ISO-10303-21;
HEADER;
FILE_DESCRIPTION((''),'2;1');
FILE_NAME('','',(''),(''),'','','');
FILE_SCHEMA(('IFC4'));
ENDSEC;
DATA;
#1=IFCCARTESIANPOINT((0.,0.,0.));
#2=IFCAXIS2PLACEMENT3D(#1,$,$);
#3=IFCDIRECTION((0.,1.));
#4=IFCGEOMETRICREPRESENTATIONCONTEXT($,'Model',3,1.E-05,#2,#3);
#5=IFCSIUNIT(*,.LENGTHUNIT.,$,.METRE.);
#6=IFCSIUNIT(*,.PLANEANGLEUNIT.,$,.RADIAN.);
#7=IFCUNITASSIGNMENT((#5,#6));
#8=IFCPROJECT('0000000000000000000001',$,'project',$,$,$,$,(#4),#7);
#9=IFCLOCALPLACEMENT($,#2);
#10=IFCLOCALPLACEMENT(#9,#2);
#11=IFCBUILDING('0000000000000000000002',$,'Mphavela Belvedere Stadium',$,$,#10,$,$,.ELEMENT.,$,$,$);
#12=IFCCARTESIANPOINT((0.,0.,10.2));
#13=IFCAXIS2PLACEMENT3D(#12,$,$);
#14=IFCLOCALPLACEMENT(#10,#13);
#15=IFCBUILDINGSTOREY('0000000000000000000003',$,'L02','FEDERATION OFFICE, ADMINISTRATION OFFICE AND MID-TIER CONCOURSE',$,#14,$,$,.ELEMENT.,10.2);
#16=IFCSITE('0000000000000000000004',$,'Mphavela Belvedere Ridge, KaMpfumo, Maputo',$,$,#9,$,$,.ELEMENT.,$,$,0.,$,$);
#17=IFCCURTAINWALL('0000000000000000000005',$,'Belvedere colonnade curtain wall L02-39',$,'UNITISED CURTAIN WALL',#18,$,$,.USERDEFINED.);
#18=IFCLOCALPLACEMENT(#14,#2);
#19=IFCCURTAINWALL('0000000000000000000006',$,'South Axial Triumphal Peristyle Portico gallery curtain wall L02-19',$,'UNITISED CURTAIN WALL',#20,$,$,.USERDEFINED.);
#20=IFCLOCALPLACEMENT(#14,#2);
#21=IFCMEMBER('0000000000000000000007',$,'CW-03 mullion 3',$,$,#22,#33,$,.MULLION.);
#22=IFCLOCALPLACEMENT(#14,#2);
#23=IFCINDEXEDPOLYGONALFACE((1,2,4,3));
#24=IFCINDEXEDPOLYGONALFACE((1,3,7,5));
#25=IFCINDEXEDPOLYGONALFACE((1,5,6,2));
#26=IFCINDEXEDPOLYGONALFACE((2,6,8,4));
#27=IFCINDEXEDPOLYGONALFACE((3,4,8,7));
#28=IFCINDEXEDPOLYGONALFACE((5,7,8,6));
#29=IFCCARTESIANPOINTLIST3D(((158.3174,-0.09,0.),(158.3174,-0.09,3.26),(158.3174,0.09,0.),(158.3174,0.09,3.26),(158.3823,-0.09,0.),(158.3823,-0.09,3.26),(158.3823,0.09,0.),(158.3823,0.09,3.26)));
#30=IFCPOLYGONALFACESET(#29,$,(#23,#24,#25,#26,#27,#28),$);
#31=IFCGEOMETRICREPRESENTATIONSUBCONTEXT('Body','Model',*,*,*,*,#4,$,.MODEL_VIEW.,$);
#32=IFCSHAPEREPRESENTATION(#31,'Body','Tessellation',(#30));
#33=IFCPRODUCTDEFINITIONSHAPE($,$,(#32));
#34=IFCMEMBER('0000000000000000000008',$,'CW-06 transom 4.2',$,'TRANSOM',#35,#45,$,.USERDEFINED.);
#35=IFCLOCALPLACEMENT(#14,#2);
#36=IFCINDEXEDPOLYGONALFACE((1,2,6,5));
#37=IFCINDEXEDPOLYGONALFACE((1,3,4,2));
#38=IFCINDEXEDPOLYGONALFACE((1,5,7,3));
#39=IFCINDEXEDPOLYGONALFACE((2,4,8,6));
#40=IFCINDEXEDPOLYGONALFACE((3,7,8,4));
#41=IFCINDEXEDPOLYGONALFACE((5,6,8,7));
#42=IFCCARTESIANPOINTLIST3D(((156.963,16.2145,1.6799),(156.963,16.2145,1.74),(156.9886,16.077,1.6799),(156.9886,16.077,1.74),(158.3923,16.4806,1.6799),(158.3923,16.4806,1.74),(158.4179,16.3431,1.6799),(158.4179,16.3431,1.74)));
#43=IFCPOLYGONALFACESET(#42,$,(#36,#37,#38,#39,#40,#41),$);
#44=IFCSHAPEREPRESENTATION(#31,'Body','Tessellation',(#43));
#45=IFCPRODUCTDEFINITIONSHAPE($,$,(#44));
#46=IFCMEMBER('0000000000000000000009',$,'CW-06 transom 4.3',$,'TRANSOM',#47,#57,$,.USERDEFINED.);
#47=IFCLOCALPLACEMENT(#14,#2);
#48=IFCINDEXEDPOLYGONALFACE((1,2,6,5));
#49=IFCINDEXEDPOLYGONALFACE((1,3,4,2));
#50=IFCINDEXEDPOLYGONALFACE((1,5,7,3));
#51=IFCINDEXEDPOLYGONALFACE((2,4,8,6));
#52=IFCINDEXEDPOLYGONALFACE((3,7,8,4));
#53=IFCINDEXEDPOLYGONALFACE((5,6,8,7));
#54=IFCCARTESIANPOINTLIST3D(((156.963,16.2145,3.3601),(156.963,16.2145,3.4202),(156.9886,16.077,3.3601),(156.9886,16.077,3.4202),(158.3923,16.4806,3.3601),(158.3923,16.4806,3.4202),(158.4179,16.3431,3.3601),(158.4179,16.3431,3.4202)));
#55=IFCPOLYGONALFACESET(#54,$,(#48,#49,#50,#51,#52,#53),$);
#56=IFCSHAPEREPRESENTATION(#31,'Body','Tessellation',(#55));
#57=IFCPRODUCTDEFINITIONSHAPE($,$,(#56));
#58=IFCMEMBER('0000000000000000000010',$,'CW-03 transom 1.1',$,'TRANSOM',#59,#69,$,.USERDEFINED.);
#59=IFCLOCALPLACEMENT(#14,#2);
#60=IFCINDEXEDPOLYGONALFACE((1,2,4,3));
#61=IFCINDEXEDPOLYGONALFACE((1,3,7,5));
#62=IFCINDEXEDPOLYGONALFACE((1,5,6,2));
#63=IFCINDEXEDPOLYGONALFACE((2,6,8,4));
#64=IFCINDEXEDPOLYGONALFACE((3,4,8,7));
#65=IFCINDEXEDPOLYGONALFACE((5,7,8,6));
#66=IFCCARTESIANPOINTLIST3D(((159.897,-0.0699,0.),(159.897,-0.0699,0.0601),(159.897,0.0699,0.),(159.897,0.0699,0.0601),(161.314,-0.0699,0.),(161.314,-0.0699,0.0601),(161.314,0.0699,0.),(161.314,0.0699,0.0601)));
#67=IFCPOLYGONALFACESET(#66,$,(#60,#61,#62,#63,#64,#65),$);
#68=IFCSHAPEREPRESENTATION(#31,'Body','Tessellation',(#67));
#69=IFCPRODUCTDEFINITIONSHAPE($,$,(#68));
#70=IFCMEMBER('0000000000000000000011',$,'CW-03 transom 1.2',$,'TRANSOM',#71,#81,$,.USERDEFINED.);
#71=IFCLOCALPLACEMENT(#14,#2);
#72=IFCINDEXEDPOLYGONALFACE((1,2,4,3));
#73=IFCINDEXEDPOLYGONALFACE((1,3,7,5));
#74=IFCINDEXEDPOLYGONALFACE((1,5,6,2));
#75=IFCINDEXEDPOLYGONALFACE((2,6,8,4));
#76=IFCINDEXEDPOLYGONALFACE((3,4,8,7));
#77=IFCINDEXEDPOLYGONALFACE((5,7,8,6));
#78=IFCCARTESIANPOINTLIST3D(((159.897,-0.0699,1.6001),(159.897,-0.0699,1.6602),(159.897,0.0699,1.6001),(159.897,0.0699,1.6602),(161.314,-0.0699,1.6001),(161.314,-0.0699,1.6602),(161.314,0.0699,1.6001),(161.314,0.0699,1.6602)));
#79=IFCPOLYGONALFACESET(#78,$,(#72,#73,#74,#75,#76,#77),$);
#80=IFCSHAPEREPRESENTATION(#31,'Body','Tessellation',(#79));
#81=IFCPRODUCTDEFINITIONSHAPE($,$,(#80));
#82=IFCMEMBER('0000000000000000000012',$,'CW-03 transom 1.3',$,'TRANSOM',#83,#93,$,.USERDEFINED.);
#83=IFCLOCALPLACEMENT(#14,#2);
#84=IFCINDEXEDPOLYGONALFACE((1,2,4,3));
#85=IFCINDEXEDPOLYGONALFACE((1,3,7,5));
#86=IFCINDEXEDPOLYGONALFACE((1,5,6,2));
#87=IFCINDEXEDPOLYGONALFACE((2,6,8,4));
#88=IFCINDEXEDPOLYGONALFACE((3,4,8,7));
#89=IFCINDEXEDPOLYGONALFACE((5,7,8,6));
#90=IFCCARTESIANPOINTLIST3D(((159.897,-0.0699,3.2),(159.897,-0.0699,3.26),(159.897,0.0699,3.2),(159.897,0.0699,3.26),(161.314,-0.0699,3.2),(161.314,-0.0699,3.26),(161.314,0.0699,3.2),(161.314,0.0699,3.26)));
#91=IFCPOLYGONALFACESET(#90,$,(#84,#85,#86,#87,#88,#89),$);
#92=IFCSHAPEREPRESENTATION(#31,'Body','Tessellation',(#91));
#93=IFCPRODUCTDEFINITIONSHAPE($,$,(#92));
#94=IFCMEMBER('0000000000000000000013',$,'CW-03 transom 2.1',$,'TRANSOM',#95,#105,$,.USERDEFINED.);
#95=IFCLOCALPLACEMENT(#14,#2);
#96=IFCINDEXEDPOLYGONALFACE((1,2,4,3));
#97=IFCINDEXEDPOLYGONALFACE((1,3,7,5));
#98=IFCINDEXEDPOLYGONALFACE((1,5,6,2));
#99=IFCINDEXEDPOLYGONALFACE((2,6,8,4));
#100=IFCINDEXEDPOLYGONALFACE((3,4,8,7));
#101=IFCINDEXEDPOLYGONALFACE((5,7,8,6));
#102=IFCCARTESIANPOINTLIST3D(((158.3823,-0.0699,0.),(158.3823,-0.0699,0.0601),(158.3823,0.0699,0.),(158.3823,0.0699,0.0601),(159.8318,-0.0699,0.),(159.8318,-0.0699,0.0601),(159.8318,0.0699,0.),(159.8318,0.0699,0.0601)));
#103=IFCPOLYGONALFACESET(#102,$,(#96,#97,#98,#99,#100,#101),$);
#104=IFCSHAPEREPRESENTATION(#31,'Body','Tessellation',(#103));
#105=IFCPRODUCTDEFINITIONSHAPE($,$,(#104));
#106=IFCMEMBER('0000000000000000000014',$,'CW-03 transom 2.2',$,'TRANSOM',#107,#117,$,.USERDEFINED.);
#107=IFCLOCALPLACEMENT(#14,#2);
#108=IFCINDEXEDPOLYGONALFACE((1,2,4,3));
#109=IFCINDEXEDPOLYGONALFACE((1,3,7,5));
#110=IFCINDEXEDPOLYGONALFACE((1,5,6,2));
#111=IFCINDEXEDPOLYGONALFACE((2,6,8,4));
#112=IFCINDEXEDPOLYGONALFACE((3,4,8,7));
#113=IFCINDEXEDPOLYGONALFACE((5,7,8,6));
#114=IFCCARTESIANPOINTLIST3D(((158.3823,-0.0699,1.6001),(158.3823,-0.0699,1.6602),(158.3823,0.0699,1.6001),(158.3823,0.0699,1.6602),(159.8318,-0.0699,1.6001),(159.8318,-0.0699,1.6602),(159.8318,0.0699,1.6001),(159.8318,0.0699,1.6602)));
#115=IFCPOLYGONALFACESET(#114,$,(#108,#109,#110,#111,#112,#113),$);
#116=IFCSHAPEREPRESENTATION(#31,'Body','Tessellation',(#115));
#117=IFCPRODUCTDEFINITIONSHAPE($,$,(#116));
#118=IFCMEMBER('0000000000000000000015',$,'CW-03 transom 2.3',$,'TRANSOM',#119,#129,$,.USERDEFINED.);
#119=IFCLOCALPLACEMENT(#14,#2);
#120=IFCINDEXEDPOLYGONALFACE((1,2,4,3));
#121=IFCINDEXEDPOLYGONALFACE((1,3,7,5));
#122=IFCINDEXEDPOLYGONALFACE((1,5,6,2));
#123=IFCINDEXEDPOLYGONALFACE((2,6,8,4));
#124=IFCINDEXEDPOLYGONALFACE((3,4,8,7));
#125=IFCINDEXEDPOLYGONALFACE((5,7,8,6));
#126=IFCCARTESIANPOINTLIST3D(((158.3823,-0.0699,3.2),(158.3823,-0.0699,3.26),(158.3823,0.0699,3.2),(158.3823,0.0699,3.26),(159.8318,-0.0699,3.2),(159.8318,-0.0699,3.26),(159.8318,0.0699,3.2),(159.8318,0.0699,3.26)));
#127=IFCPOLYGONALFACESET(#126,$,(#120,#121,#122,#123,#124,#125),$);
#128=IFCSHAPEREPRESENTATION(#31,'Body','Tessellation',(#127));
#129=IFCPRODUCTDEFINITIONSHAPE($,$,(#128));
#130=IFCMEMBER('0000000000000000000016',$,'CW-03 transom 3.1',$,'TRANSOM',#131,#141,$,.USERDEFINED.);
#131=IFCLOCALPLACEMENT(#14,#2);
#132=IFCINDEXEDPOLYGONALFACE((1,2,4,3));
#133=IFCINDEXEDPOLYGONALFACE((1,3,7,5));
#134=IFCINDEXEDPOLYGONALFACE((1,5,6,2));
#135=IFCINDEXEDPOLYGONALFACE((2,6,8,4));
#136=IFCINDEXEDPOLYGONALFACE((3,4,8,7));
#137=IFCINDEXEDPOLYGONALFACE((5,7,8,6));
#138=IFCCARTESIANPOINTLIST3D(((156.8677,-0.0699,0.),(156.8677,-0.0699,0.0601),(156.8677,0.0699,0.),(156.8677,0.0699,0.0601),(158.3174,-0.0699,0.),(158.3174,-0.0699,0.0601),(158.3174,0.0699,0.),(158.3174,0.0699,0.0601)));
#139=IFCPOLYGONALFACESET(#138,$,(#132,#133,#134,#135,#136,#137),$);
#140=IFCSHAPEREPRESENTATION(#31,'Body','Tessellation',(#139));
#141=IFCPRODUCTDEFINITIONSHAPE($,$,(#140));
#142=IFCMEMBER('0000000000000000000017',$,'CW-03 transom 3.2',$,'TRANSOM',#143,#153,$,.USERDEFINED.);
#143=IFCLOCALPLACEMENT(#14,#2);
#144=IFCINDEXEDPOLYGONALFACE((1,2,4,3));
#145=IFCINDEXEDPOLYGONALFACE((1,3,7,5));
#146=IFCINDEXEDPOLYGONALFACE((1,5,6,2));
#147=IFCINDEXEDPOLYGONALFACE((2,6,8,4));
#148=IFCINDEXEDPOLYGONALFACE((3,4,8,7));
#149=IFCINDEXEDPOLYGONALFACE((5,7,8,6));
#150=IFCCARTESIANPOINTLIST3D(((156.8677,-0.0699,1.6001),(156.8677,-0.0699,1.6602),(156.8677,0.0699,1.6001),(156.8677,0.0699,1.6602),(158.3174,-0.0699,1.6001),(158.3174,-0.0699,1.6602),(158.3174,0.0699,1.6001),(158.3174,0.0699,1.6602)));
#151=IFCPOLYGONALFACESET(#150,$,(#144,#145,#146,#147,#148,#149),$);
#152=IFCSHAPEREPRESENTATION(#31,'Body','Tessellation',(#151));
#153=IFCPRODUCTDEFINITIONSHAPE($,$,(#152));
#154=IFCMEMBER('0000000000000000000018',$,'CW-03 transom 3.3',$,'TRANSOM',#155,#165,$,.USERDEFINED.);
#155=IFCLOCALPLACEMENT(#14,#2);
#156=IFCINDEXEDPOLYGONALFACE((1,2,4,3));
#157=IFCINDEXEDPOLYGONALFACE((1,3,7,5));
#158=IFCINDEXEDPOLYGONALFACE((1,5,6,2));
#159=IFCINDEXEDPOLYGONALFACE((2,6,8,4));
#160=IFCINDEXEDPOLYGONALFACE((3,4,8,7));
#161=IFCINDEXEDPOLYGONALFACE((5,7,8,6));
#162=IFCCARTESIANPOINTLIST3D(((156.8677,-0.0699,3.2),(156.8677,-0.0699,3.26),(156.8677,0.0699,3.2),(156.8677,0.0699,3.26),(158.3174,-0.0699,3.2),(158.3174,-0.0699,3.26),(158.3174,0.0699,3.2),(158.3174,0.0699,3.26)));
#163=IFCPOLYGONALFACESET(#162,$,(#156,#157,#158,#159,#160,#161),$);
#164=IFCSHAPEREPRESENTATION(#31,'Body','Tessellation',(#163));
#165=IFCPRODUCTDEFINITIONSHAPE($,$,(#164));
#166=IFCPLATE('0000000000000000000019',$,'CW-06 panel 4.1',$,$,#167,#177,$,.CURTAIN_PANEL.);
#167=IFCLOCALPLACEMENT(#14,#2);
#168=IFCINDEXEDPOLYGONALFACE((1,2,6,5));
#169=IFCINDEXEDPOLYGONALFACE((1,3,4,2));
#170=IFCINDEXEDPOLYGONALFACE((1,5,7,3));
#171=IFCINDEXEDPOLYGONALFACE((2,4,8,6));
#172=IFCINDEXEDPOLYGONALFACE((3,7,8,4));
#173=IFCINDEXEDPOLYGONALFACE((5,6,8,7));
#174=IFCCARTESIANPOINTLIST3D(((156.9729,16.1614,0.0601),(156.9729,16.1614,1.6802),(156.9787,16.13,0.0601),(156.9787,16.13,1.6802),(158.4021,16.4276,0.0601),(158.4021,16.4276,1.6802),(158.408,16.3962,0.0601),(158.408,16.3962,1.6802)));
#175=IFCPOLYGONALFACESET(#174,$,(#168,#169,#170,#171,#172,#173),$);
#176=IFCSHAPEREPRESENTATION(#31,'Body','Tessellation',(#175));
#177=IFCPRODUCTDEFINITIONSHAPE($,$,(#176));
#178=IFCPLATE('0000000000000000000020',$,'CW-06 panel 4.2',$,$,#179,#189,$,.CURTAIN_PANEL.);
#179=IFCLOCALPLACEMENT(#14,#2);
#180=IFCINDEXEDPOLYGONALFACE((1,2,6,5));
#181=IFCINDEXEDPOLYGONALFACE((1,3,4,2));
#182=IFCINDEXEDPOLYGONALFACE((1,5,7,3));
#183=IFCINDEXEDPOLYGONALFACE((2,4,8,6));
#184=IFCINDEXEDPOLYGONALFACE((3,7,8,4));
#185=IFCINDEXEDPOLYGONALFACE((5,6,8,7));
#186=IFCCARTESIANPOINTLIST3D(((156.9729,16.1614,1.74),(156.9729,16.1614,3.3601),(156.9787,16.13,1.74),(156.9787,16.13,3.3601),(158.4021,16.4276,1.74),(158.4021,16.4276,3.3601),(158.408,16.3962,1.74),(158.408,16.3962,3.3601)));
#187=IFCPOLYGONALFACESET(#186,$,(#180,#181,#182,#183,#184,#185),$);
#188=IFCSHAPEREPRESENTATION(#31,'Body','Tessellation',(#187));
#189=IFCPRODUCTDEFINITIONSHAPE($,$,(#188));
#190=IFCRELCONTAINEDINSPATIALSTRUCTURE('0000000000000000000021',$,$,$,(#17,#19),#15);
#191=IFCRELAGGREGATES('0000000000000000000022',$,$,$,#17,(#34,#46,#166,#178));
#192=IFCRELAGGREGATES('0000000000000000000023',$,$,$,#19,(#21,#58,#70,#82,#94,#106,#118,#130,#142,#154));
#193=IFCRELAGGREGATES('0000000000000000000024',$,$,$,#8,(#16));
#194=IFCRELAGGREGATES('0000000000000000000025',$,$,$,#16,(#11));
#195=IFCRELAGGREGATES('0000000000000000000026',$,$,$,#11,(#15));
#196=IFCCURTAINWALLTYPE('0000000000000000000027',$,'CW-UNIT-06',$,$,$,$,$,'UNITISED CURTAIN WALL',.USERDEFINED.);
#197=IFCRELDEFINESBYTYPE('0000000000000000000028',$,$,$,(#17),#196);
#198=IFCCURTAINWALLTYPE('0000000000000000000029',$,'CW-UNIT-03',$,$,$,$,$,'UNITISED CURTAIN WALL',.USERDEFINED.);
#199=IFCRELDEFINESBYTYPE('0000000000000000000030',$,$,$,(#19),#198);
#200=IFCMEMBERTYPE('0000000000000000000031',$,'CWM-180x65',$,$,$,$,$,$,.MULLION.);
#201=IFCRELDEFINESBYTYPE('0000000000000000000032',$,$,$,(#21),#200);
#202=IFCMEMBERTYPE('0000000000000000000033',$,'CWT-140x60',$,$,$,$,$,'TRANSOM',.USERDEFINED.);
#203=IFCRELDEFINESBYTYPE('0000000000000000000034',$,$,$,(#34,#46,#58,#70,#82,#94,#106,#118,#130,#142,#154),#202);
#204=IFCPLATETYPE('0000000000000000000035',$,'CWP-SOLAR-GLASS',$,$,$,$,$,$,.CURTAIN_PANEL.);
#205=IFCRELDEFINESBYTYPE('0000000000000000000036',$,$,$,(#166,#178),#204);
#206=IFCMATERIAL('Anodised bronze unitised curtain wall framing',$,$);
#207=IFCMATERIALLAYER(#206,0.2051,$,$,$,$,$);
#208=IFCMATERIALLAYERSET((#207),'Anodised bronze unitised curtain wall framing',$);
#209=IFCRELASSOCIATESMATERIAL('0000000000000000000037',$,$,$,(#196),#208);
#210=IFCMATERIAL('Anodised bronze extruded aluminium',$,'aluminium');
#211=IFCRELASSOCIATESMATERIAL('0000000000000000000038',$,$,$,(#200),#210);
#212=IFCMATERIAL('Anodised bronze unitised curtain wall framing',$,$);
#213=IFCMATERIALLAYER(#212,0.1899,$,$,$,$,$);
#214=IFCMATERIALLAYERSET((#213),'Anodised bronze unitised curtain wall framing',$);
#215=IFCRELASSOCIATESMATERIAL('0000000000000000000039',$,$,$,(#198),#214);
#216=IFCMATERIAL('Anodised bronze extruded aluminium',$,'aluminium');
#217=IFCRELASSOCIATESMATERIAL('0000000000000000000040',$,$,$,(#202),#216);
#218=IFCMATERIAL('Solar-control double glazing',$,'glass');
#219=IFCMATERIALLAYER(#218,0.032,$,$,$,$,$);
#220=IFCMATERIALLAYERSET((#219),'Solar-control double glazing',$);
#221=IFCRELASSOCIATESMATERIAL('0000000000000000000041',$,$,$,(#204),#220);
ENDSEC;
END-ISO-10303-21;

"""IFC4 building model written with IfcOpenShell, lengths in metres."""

from ifc_helpers import new_model, si_unit, direction, frame, origin, origin_2d, place, context, subcontext, project, spatial, rectangle, extrude, material, layer, layer_set, material_profile, profile_set, type_object, element, aggregate, save


model = new_model("IFC4")

# Units and contexts
model_context = context("Model", 3, precision=1e-05, world=origin(), true_north=direction((0.0, 1.0)))
body_context = subcontext(model_context, "Body", "Model", "MODEL_VIEW")
ifc_project = project(units=[si_unit("LENGTHUNIT", "METRE"), si_unit("PLANEANGLEUNIT", "RADIAN")], contexts=[model_context])

# Site, building, storey
site_placement = place(None, origin())
site = spatial("IfcSite", under=ifc_project, at=site_placement, Name="Mphavela Belvedere Ridge, KaMpfumo, Maputo", CompositionType="ELEMENT", RefElevation=0.0)
building_placement = place(site_placement, origin())
building = spatial("IfcBuilding", under=site, at=building_placement, Name="Mphavela Belvedere Stadium", CompositionType="ELEMENT")
storey_placement = place(building_placement, frame((0.0, 0.0, 10.2)))
storey = spatial("IfcBuildingStorey", under=building, at=storey_placement, Name="L02", Description="FEDERATION OFFICE, ADMINISTRATION OFFICE AND MID-TIER CONCOURSE", CompositionType="ELEMENT", Elevation=10.2)

# Curtain wall
ifc_material_1 = material(Name="Anodised bronze unitised curtain wall framing")
ifc_layer_1 = layer(ifc_material_1, 0.2051)
ifc_layer_set_1 = layer_set([ifc_layer_1], Name="Anodised bronze unitised curtain wall framing")
curtain_wall_type_1 = type_object("IfcCurtainWallType", Name="CW-UNIT-06", ElementType="UNITISED CURTAIN WALL", PredefinedType="USERDEFINED", material=ifc_layer_set_1)
curtain_wall_1_placement = place(storey_placement, origin())
curtain_wall_1 = element("IfcCurtainWall", 1, at=curtain_wall_1_placement, inside=storey, type_object=curtain_wall_type_1, Name="Belvedere colonnade curtain wall L02-39", ObjectType="UNITISED CURTAIN WALL", PredefinedType="USERDEFINED")
ifc_material_2 = material(Name="Anodised bronze extruded aluminium", Category="aluminium")
ifc_material_profile_1 = material_profile(ifc_material_2, rectangle(XDim=0.1799, YDim=0.0649, at=origin_2d()), Name="CW-MUL 180x65")
ifc_profile_set_1 = profile_set([ifc_material_profile_1], Name="Anodised bronze extruded aluminium")
member_type_1 = type_object("IfcMemberType", Name="CWM-180x65", PredefinedType="MULLION", material=ifc_profile_set_1)

# Curtain wall, member
ifc_material_3 = material(Name="Anodised bronze unitised curtain wall framing")
ifc_layer_2 = layer(ifc_material_3, 0.1899)
ifc_layer_set_2 = layer_set([ifc_layer_2], Name="Anodised bronze unitised curtain wall framing")
curtain_wall_type_2 = type_object("IfcCurtainWallType", Name="CW-UNIT-03", ElementType="UNITISED CURTAIN WALL", PredefinedType="USERDEFINED", material=ifc_layer_set_2)
curtain_wall_2_placement = place(storey_placement, origin())
curtain_wall_2 = element("IfcCurtainWall", 2, at=curtain_wall_2_placement, inside=storey, type_object=curtain_wall_type_2, Name="South Axial Triumphal Peristyle Portico gallery curtain wall L02-19", ObjectType="UNITISED CURTAIN WALL", PredefinedType="USERDEFINED")
member_1_placement = place(storey_placement, frame((158.3499, 0.0, 0.0), z_axis=(0.0, 0.0, 1.0), x_axis=(0.0, -1.0, 0.0)))
member_1 = element("IfcMember", 3, at=member_1_placement, type_object=member_type_1, Name="CW-03 mullion 3", PredefinedType="MULLION", context=body_context, shape_type="SweptSolid", body=[
    extrude(rectangle(XDim=0.1799, YDim=0.0649, at=origin_2d()), origin(), (0.0, 0.0, 1.0), 3.26),
])

# Members
ifc_material_4 = material(Name="Anodised bronze extruded aluminium", Category="aluminium")
ifc_material_profile_2 = material_profile(ifc_material_4, rectangle(XDim=0.1399, YDim=0.0601, at=origin_2d()), Name="CW-TRN 140x60")
ifc_profile_set_2 = profile_set([ifc_material_profile_2], Name="Anodised bronze extruded aluminium")
member_type_2 = type_object("IfcMemberType", Name="CWT-140x60", ElementType="TRANSOM", PredefinedType="USERDEFINED", material=ifc_profile_set_2)
member_2_placement = place(storey_placement, frame((156.9758, 16.1458, 1.71), z_axis=(0.983103, 0.183051, 0.0), x_axis=(-0.183051, 0.983103, 0.0)))
member_2 = element("IfcMember", 4, at=member_2_placement, type_object=member_type_2, Name="CW-06 transom 4.2", ObjectType="TRANSOM", PredefinedType="USERDEFINED", context=body_context, shape_type="SweptSolid", body=[
    extrude(rectangle(XDim=0.1399, YDim=0.0601, at=origin_2d()), origin(), (0.0, 0.0, 1.0), 1.4539),
])
member_3_placement = place(storey_placement, frame((156.9758, 16.1458, 3.3901), z_axis=(0.983103, 0.183051, 0.0), x_axis=(-0.183051, 0.983103, 0.0)))
member_3 = element("IfcMember", 5, at=member_3_placement, type_object=member_type_2, Name="CW-06 transom 4.3", ObjectType="TRANSOM", PredefinedType="USERDEFINED", context=body_context, shape_type="SweptSolid", body=[
    extrude(rectangle(XDim=0.1399, YDim=0.0601, at=origin_2d()), origin(), (0.0, 0.0, 1.0), 1.4539),
])
member_4_placement = place(storey_placement, frame((161.314, 0.0, 0.03), z_axis=(-1.0, 0.0, 0.0), x_axis=(0.0, -1.0, 0.0)))
member_4 = element("IfcMember", 6, at=member_4_placement, type_object=member_type_2, Name="CW-03 transom 1.1", ObjectType="TRANSOM", PredefinedType="USERDEFINED", context=body_context, shape_type="SweptSolid", body=[
    extrude(rectangle(XDim=0.1399, YDim=0.0601, at=origin_2d()), origin(), (0.0, 0.0, 1.0), 1.417),
])
member_5_placement = place(storey_placement, frame((161.314, 0.0, 1.6301), z_axis=(-1.0, 0.0, 0.0), x_axis=(0.0, -1.0, 0.0)))
member_5 = element("IfcMember", 7, at=member_5_placement, type_object=member_type_2, Name="CW-03 transom 1.2", ObjectType="TRANSOM", PredefinedType="USERDEFINED", context=body_context, shape_type="SweptSolid", body=[
    extrude(rectangle(XDim=0.1399, YDim=0.0601, at=origin_2d()), origin(), (0.0, 0.0, 1.0), 1.417),
])
member_6_placement = place(storey_placement, frame((161.314, 0.0, 3.23), z_axis=(-1.0, 0.0, 0.0), x_axis=(0.0, -1.0, 0.0)))
member_6 = element("IfcMember", 8, at=member_6_placement, type_object=member_type_2, Name="CW-03 transom 1.3", ObjectType="TRANSOM", PredefinedType="USERDEFINED", context=body_context, shape_type="SweptSolid", body=[
    extrude(rectangle(XDim=0.1399, YDim=0.0601, at=origin_2d()), origin(), (0.0, 0.0, 1.0), 1.417),
])
member_7_placement = place(storey_placement, frame((159.8318, 0.0, 0.03), z_axis=(-1.0, 0.0, 0.0), x_axis=(0.0, -1.0, 0.0)))
member_7 = element("IfcMember", 9, at=member_7_placement, type_object=member_type_2, Name="CW-03 transom 2.1", ObjectType="TRANSOM", PredefinedType="USERDEFINED", context=body_context, shape_type="SweptSolid", body=[
    extrude(rectangle(XDim=0.1399, YDim=0.0601, at=origin_2d()), origin(), (0.0, 0.0, 1.0), 1.4495),
])
member_8_placement = place(storey_placement, frame((159.8318, 0.0, 1.6301), z_axis=(-1.0, 0.0, 0.0), x_axis=(0.0, -1.0, 0.0)))
member_8 = element("IfcMember", 10, at=member_8_placement, type_object=member_type_2, Name="CW-03 transom 2.2", ObjectType="TRANSOM", PredefinedType="USERDEFINED", context=body_context, shape_type="SweptSolid", body=[
    extrude(rectangle(XDim=0.1399, YDim=0.0601, at=origin_2d()), origin(), (0.0, 0.0, 1.0), 1.4495),
])
member_9_placement = place(storey_placement, frame((159.8318, 0.0, 3.23), z_axis=(-1.0, 0.0, 0.0), x_axis=(0.0, -1.0, 0.0)))
member_9 = element("IfcMember", 11, at=member_9_placement, type_object=member_type_2, Name="CW-03 transom 2.3", ObjectType="TRANSOM", PredefinedType="USERDEFINED", context=body_context, shape_type="SweptSolid", body=[
    extrude(rectangle(XDim=0.1399, YDim=0.0601, at=origin_2d()), origin(), (0.0, 0.0, 1.0), 1.4495),
])
member_10_placement = place(storey_placement, frame((158.3174, 0.0, 0.03), z_axis=(-1.0, 0.0, 0.0), x_axis=(0.0, -1.0, 0.0)))
member_10 = element("IfcMember", 12, at=member_10_placement, type_object=member_type_2, Name="CW-03 transom 3.1", ObjectType="TRANSOM", PredefinedType="USERDEFINED", context=body_context, shape_type="SweptSolid", body=[
    extrude(rectangle(XDim=0.1399, YDim=0.0601, at=origin_2d()), origin(), (0.0, 0.0, 1.0), 1.4497),
])
member_11_placement = place(storey_placement, frame((158.3174, 0.0, 1.6301), z_axis=(-1.0, 0.0, 0.0), x_axis=(0.0, -1.0, 0.0)))
member_11 = element("IfcMember", 13, at=member_11_placement, type_object=member_type_2, Name="CW-03 transom 3.2", ObjectType="TRANSOM", PredefinedType="USERDEFINED", context=body_context, shape_type="SweptSolid", body=[
    extrude(rectangle(XDim=0.1399, YDim=0.0601, at=origin_2d()), origin(), (0.0, 0.0, 1.0), 1.4497),
])
member_12_placement = place(storey_placement, frame((158.3174, 0.0, 3.23), z_axis=(-1.0, 0.0, 0.0), x_axis=(0.0, -1.0, 0.0)))
member_12 = element("IfcMember", 14, at=member_12_placement, type_object=member_type_2, Name="CW-03 transom 3.3", ObjectType="TRANSOM", PredefinedType="USERDEFINED", context=body_context, shape_type="SweptSolid", body=[
    extrude(rectangle(XDim=0.1399, YDim=0.0601, at=origin_2d()), origin(), (0.0, 0.0, 1.0), 1.4497),
])

# Plates
ifc_material_5 = material(Name="Solar-control double glazing", Category="glass")
ifc_layer_3 = layer(ifc_material_5, 0.032)
ifc_layer_set_3 = layer_set([ifc_layer_3], Name="Solar-control double glazing")
plate_type = type_object("IfcPlateType", Name="CWP-SOLAR-GLASS", PredefinedType="CURTAIN_PANEL", material=ifc_layer_set_3)
plate_1_placement = place(storey_placement, frame((157.6904, 16.2788, 0.0601), z_axis=(0.0, 0.0, 1.0), x_axis=(0.983097, 0.183085, 0.0)))
plate_1 = element("IfcPlate", 15, at=plate_1_placement, type_object=plate_type, Name="CW-06 panel 4.1", PredefinedType="CURTAIN_PANEL", context=body_context, shape_type="SweptSolid", body=[
    extrude(rectangle(XDim=1.4539, YDim=0.032, at=origin_2d()), origin(), (0.0, 0.0, 1.0), 1.6201),
])
plate_2_placement = place(storey_placement, frame((157.6904, 16.2788, 1.74), z_axis=(0.0, 0.0, 1.0), x_axis=(0.983097, 0.183085, 0.0)))
plate_2 = element("IfcPlate", 16, at=plate_2_placement, type_object=plate_type, Name="CW-06 panel 4.2", PredefinedType="CURTAIN_PANEL", context=body_context, shape_type="SweptSolid", body=[
    extrude(rectangle(XDim=1.4539, YDim=0.032, at=origin_2d()), origin(), (0.0, 0.0, 1.0), 1.6201),
])
aggregate(curtain_wall_1, [member_2, member_3, plate_1, plate_2])
aggregate(curtain_wall_2, [member_1, member_4, member_5, member_6, member_7, member_8, member_9, member_10, member_11, member_12])

save(model, "model.ifc")
